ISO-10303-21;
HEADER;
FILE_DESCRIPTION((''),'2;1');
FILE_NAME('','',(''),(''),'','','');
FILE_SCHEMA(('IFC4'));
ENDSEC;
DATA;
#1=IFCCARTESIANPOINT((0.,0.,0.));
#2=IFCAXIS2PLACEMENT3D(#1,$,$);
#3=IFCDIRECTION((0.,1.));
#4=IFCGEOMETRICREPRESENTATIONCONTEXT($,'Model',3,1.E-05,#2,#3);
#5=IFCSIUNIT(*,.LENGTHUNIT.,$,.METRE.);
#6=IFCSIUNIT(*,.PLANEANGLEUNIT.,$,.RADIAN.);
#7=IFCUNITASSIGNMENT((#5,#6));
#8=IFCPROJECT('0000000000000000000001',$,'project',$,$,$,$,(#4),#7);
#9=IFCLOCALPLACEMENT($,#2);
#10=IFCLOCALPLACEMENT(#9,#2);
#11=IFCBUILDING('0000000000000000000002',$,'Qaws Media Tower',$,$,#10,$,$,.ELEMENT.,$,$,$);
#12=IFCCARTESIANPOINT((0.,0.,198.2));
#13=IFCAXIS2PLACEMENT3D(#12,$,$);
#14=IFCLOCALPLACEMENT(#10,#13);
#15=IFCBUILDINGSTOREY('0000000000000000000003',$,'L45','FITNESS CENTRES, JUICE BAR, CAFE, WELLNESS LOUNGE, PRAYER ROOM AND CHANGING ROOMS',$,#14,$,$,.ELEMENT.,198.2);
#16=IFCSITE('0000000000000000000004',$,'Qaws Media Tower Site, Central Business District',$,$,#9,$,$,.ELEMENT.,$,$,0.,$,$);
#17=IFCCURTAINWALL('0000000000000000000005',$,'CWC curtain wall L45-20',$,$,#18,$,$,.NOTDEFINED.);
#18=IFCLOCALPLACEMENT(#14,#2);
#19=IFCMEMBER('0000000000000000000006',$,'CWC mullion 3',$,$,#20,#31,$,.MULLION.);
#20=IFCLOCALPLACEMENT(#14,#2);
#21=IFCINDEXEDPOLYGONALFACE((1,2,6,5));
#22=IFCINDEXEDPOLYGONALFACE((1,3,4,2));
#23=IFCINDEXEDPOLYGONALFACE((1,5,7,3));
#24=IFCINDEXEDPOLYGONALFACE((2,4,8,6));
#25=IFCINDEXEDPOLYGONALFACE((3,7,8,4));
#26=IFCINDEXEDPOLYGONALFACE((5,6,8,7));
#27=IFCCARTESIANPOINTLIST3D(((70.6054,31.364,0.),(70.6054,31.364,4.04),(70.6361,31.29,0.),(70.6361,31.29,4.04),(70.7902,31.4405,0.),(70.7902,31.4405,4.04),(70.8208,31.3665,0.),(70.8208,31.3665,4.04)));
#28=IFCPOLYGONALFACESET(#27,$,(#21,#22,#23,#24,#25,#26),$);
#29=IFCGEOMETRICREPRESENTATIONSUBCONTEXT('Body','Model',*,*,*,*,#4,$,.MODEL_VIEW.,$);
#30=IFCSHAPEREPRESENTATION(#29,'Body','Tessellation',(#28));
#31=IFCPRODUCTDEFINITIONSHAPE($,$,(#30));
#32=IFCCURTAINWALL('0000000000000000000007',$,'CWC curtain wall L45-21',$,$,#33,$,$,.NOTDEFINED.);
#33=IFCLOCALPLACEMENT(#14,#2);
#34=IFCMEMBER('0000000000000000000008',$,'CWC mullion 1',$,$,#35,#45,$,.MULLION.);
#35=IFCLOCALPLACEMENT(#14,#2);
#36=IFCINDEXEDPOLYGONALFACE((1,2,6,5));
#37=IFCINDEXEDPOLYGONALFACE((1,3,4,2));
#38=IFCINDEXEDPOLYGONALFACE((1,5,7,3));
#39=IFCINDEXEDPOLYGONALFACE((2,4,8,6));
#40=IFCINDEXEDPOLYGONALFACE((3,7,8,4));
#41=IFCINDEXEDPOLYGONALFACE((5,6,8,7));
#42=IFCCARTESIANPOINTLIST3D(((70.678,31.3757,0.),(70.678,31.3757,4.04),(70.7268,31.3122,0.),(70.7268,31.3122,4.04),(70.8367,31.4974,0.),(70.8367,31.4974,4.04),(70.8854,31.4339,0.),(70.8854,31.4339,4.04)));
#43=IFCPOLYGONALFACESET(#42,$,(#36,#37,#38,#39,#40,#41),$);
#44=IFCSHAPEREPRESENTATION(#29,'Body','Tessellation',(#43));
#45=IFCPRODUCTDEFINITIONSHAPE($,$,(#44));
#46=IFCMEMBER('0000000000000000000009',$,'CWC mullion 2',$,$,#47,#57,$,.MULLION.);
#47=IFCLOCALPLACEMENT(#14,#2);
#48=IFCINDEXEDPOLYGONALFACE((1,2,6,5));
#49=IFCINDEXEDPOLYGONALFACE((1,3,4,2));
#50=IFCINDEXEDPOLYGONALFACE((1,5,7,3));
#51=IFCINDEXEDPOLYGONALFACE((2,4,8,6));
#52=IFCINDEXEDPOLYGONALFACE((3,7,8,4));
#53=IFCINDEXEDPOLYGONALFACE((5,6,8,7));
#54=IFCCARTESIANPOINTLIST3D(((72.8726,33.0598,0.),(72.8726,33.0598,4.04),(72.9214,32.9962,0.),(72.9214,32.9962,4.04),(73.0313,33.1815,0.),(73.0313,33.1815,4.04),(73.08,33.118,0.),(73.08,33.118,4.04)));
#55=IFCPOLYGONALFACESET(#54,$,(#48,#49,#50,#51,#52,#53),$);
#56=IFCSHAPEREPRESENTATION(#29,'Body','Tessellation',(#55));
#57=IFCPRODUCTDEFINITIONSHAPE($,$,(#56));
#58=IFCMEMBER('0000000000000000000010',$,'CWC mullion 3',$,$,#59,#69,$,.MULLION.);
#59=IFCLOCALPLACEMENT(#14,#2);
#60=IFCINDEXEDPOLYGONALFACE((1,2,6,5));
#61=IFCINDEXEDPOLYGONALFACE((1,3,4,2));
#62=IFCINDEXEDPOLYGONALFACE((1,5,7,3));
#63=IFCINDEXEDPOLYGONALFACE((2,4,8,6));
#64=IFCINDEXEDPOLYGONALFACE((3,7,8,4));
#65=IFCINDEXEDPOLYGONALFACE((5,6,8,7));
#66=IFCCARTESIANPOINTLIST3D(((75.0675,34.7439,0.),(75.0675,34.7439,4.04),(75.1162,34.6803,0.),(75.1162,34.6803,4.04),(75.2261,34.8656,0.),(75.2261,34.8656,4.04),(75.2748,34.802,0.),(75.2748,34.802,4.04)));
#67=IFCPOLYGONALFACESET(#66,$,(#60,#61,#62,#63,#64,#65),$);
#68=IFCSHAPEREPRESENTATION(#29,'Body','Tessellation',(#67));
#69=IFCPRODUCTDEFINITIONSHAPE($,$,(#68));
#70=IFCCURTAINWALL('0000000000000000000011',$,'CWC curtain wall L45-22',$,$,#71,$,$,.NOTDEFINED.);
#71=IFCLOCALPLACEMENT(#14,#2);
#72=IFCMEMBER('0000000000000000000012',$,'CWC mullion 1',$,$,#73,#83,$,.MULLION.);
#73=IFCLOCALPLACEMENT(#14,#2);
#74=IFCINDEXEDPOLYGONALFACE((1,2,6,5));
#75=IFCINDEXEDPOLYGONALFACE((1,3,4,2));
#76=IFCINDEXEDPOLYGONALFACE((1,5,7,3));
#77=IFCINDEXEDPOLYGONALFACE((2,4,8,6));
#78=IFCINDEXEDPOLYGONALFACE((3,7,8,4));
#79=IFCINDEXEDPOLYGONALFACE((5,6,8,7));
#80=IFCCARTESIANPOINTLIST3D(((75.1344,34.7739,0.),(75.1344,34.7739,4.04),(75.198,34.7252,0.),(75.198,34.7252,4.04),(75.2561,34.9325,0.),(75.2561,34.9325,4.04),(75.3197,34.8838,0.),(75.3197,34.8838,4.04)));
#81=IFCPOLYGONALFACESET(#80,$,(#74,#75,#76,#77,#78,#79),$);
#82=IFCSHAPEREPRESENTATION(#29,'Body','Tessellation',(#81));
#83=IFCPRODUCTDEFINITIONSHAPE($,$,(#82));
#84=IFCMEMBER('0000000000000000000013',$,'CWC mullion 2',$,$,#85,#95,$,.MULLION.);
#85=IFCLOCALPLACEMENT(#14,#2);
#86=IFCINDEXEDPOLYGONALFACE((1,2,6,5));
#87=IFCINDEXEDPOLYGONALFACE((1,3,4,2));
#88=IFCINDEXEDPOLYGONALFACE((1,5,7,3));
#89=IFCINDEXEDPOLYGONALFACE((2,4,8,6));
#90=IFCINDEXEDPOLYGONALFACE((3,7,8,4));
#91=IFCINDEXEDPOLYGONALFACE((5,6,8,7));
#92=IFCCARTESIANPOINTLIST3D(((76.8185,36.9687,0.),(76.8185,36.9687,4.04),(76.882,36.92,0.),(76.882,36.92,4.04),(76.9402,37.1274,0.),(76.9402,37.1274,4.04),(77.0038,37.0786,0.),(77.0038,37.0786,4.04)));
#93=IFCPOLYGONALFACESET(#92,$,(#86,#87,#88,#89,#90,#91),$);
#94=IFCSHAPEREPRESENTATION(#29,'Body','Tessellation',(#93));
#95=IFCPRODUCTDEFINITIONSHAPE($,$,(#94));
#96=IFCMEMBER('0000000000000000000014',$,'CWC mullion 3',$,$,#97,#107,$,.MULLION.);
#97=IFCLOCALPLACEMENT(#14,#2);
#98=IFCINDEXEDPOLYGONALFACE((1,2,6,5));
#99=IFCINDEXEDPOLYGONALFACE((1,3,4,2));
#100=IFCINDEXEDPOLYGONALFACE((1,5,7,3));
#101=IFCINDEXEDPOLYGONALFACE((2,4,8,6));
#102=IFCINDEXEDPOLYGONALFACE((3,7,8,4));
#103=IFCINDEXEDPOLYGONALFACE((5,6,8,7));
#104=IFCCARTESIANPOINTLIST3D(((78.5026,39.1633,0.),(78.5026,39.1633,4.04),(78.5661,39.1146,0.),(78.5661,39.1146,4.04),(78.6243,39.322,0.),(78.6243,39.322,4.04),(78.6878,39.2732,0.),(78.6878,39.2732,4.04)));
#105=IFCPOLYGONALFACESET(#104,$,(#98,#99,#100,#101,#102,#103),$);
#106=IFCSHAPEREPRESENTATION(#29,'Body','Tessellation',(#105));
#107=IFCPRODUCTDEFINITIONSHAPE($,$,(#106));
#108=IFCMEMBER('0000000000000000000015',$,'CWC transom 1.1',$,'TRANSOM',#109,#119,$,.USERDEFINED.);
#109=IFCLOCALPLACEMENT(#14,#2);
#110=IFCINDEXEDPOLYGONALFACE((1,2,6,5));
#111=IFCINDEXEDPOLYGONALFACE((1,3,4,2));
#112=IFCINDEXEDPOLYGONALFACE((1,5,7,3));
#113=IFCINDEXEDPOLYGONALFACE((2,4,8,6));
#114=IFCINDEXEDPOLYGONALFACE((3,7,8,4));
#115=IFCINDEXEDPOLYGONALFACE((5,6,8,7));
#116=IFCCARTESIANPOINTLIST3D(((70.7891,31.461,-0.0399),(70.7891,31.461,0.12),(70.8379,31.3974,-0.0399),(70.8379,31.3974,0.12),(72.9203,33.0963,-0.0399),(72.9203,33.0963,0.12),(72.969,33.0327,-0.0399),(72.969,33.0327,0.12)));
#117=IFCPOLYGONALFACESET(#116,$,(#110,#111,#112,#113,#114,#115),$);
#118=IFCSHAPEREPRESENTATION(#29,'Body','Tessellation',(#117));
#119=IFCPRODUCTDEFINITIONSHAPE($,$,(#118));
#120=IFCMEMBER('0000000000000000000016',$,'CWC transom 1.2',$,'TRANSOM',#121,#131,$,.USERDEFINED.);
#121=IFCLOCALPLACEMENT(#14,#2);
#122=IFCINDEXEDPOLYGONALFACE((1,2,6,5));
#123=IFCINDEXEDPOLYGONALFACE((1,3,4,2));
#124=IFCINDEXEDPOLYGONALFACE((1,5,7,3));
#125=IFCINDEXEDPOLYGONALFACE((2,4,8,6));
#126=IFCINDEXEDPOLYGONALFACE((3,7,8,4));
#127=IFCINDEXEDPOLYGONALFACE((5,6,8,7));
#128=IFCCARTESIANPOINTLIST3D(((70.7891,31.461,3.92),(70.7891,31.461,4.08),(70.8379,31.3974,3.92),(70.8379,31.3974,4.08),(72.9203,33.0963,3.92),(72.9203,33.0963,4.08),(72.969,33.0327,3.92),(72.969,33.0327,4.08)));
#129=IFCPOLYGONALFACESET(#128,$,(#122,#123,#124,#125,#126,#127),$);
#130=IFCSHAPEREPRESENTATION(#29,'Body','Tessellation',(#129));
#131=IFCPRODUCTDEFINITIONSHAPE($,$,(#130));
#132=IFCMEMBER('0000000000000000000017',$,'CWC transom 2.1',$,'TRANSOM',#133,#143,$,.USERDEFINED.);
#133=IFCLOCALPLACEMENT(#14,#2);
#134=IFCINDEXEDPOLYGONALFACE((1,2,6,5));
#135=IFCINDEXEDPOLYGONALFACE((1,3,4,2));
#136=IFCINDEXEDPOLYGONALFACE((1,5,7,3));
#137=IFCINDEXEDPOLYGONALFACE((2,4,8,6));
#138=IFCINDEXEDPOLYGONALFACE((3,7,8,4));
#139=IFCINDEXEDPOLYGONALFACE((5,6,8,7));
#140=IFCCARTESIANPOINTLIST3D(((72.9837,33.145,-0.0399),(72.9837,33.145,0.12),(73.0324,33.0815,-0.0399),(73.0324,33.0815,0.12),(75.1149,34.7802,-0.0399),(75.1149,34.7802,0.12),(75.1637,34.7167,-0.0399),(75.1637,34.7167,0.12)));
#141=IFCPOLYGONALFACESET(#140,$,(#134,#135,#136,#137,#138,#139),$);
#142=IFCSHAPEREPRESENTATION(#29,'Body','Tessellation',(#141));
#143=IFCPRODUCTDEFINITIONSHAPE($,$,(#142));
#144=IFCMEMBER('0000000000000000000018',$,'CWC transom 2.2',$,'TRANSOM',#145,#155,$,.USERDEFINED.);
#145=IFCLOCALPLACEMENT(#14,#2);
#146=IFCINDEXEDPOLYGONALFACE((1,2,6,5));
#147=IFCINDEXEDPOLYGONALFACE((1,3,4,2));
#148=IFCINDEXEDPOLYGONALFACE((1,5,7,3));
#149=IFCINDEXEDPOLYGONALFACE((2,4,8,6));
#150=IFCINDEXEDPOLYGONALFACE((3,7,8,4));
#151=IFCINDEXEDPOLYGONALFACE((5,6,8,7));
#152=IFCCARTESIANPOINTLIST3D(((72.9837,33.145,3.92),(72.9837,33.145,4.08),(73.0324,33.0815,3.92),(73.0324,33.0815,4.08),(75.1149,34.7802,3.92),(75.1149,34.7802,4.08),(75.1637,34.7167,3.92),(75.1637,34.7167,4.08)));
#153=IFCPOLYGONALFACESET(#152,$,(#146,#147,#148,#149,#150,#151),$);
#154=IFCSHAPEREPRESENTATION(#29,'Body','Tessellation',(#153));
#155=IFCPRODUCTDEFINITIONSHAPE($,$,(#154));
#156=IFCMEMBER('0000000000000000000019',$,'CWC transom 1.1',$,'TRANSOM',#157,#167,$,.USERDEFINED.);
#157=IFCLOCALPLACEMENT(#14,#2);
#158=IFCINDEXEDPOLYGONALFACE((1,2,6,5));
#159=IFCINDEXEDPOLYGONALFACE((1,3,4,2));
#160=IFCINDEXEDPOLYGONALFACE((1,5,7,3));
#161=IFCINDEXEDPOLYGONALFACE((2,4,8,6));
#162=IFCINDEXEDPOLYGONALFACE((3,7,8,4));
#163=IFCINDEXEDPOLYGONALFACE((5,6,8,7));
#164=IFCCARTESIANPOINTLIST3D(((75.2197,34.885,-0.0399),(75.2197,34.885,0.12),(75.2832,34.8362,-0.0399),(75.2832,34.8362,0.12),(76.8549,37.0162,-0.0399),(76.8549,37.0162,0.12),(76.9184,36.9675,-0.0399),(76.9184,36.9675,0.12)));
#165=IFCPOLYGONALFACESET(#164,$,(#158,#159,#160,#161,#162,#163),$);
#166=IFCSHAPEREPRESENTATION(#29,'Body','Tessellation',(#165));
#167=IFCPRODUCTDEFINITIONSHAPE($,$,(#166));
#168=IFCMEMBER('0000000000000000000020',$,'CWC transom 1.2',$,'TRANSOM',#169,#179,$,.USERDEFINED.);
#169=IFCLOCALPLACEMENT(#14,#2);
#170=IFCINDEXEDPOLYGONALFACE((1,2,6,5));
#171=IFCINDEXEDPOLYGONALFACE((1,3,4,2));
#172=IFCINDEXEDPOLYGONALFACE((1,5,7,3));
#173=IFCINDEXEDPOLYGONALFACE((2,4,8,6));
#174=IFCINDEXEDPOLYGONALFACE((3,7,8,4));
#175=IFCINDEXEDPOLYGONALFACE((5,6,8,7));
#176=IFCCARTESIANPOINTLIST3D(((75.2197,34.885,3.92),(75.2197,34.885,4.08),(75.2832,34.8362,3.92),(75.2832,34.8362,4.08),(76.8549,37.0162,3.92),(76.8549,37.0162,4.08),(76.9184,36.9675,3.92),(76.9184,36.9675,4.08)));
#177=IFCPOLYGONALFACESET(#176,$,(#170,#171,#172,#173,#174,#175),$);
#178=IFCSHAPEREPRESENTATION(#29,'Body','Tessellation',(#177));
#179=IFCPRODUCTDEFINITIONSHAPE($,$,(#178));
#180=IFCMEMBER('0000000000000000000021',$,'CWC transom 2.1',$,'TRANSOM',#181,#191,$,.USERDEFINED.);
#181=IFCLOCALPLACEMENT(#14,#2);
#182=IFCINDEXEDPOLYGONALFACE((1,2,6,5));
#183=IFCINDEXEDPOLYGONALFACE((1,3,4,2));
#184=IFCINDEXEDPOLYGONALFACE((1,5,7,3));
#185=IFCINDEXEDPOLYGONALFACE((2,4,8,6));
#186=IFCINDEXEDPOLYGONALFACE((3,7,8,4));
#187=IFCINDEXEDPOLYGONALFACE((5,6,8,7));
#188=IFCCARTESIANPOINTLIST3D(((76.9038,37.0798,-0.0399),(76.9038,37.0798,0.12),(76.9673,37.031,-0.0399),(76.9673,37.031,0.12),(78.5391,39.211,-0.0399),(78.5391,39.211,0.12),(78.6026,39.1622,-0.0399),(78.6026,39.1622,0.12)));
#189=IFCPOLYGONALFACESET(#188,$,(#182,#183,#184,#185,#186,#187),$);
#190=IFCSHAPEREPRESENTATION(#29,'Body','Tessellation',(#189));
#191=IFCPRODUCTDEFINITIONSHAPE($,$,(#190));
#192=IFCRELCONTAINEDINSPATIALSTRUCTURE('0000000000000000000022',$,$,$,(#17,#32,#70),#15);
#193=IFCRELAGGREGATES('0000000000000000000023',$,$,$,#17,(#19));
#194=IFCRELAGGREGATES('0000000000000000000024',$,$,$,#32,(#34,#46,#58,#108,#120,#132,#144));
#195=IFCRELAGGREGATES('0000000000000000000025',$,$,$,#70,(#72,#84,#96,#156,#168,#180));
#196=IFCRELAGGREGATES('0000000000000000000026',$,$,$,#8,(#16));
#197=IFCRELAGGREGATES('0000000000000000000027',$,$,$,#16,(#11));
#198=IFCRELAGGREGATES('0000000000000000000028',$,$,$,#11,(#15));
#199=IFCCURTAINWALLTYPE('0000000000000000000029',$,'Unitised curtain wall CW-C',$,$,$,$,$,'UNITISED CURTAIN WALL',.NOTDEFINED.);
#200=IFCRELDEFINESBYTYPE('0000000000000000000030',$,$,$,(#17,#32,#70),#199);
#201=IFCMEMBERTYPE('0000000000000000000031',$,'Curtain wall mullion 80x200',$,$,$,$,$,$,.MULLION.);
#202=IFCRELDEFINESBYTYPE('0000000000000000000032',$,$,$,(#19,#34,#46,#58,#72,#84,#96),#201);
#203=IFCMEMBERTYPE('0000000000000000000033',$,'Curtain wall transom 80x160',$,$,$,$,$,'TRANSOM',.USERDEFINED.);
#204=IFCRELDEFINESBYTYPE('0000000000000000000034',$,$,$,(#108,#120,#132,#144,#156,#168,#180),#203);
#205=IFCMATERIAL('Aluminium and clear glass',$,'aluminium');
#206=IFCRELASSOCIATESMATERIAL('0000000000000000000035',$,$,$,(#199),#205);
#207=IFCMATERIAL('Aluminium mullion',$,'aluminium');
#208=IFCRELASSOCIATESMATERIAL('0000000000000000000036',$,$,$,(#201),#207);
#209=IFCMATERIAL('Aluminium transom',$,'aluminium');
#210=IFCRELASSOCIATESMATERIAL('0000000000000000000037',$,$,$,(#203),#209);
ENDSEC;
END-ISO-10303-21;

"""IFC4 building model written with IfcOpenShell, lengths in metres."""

from ifc_helpers import new_model, si_unit, direction, frame, origin, origin_2d, place, context, subcontext, project, spatial, rectangle, extrude, material, material_profile, profile_set, type_object, element, aggregate, save


model = new_model("IFC4")

# Units and contexts
model_context = context("Model", 3, precision=1e-05, world=origin(), true_north=direction((0.0, 1.0)))
body_context = subcontext(model_context, "Body", "Model", "MODEL_VIEW")
ifc_project = project(units=[si_unit("LENGTHUNIT", "METRE"), si_unit("PLANEANGLEUNIT", "RADIAN")], contexts=[model_context])

# Site, building, storey
site_placement = place(None, origin())
site = spatial("IfcSite", under=ifc_project, at=site_placement, Name="Qaws Media Tower Site, Central Business District", CompositionType="ELEMENT", RefElevation=0.0)
building_placement = place(site_placement, origin())
building = spatial("IfcBuilding", under=site, at=building_placement, Name="Qaws Media Tower", CompositionType="ELEMENT")
storey_placement = place(building_placement, frame((0.0, 0.0, 198.2)))
storey = spatial("IfcBuildingStorey", under=building, at=storey_placement, Name="L45", Description="FITNESS CENTRES, JUICE BAR, CAFE, WELLNESS LOUNGE, PRAYER ROOM AND CHANGING ROOMS", CompositionType="ELEMENT", Elevation=198.2)

# Curtain wall, member
ifc_material_1 = material(Name="Aluminium and clear glass", Category="aluminium")
curtain_wall_type = type_object("IfcCurtainWallType", Name="Unitised curtain wall CW-C", ElementType="UNITISED CURTAIN WALL", PredefinedType="NOTDEFINED", material=ifc_material_1)
curtain_wall_1_placement = place(storey_placement, origin())
curtain_wall_1 = element("IfcCurtainWall", 1, at=curtain_wall_1_placement, inside=storey, type_object=curtain_wall_type, Name="CWC curtain wall L45-20", PredefinedType="NOTDEFINED")
ifc_material_2 = material(Name="Aluminium mullion", Category="aluminium")
ifc_material_profile_1 = material_profile(ifc_material_2, rectangle(XDim=0.0801, YDim=0.2, at=origin_2d()), Name="80x200")
ifc_profile_set_1 = profile_set([ifc_material_profile_1], Name="Aluminium mullion")
member_type_1 = type_object("IfcMemberType", Name="Curtain wall mullion 80x200", PredefinedType="MULLION", material=ifc_profile_set_1)
member_1_placement = place(storey_placement, frame((70.7131, 31.3652, 0.0), z_axis=(0.0, 0.0, 1.0), x_axis=(-0.382683, 0.92388, 0.0)))
member_1 = element("IfcMember", 2, at=member_1_placement, type_object=member_type_1, Name="CWC mullion 3", PredefinedType="MULLION", context=body_context, shape_type="SweptSolid", body=[
    extrude(rectangle(XDim=0.0801, YDim=0.2, at=origin_2d()), origin(), (0.0, 0.0, 1.0), 4.04),
])
aggregate(curtain_wall_1, [member_1])

# Curtain walls, members
curtain_wall_2_placement = place(storey_placement, origin())
curtain_wall_2 = element("IfcCurtainWall", 3, at=curtain_wall_2_placement, inside=storey, type_object=curtain_wall_type, Name="CWC curtain wall L45-21", PredefinedType="NOTDEFINED")
member_2_placement = place(storey_placement, frame((70.7817, 31.4048, 0.0), z_axis=(0.0, 0.0, 1.0), x_axis=(-0.608761, 0.793353, 0.0)))
member_2 = element("IfcMember", 4, at=member_2_placement, type_object=member_type_1, Name="CWC mullion 1", PredefinedType="MULLION", context=body_context, shape_type="SweptSolid", body=[
    extrude(rectangle(XDim=0.0801, YDim=0.2, at=origin_2d()), origin(), (0.0, 0.0, 1.0), 4.04),
])
member_3_placement = place(storey_placement, frame((72.9763, 33.0889, 0.0), z_axis=(0.0, 0.0, 1.0), x_axis=(-0.608761, 0.793353, 0.0)))
member_3 = element("IfcMember", 5, at=member_3_placement, type_object=member_type_1, Name="CWC mullion 2", PredefinedType="MULLION", context=body_context, shape_type="SweptSolid", body=[
    extrude(rectangle(XDim=0.0801, YDim=0.2, at=origin_2d()), origin(), (0.0, 0.0, 1.0), 4.04),
])
member_4_placement = place(storey_placement, frame((75.1711, 34.7729, 0.0), z_axis=(0.0, 0.0, 1.0), x_axis=(-0.608761, 0.793353, 0.0)))
member_4 = element("IfcMember", 6, at=member_4_placement, type_object=member_type_1, Name="CWC mullion 3", PredefinedType="MULLION", context=body_context, shape_type="SweptSolid", body=[
    extrude(rectangle(XDim=0.0801, YDim=0.2, at=origin_2d()), origin(), (0.0, 0.0, 1.0), 4.04),
])
curtain_wall_3_placement = place(storey_placement, origin())
curtain_wall_3 = element("IfcCurtainWall", 7, at=curtain_wall_3_placement, inside=storey, type_object=curtain_wall_type, Name="CWC curtain wall L45-22", PredefinedType="NOTDEFINED")
member_5_placement = place(storey_placement, frame((75.2271, 34.8289, 0.0), z_axis=(0.0, 0.0, 1.0), x_axis=(-0.793353, 0.608761, 0.0)))
member_5 = element("IfcMember", 8, at=member_5_placement, type_object=member_type_1, Name="CWC mullion 1", PredefinedType="MULLION", context=body_context, shape_type="SweptSolid", body=[
    extrude(rectangle(XDim=0.0801, YDim=0.2, at=origin_2d()), origin(), (0.0, 0.0, 1.0), 4.04),
])
member_6_placement = place(storey_placement, frame((76.9111, 37.0237, 0.0), z_axis=(0.0, 0.0, 1.0), x_axis=(-0.793353, 0.608761, 0.0)))
member_6 = element("IfcMember", 9, at=member_6_placement, type_object=member_type_1, Name="CWC mullion 2", PredefinedType="MULLION", context=body_context, shape_type="SweptSolid", body=[
    extrude(rectangle(XDim=0.0801, YDim=0.2, at=origin_2d()), origin(), (0.0, 0.0, 1.0), 4.04),
])
member_7_placement = place(storey_placement, frame((78.5952, 39.2183, 0.0), z_axis=(0.0, 0.0, 1.0), x_axis=(-0.793353, 0.608761, 0.0)))
member_7 = element("IfcMember", 10, at=member_7_placement, type_object=member_type_1, Name="CWC mullion 3", PredefinedType="MULLION", context=body_context, shape_type="SweptSolid", body=[
    extrude(rectangle(XDim=0.0801, YDim=0.2, at=origin_2d()), origin(), (0.0, 0.0, 1.0), 4.04),
])

# Members
ifc_material_3 = material(Name="Aluminium transom", Category="aluminium")
ifc_material_profile_2 = material_profile(ifc_material_3, rectangle(XDim=0.0801, YDim=0.1599, at=origin_2d()), Name="80x160")
ifc_profile_set_2 = profile_set([ifc_material_profile_2], Name="Aluminium transom")
member_type_2 = type_object("IfcMemberType", Name="Curtain wall transom 80x160", ElementType="TRANSOM", PredefinedType="USERDEFINED", material=ifc_profile_set_2)
member_8_placement = place(storey_placement, frame((70.8135, 31.4292, 0.04), z_axis=(0.793353, 0.608762, 0.0), x_axis=(-0.608762, 0.793353, 0.0)))
member_8 = element("IfcMember", 11, at=member_8_placement, type_object=member_type_2, Name="CWC transom 1.1", ObjectType="TRANSOM", PredefinedType="USERDEFINED", context=body_context, shape_type="SweptSolid", body=[
    extrude(rectangle(XDim=0.0801, YDim=0.1599, at=origin_2d()), origin(), (0.0, 0.0, 1.0), 2.6863),
])
member_9_placement = place(storey_placement, frame((70.8135, 31.4292, 4.0), z_axis=(0.793353, 0.608762, 0.0), x_axis=(-0.608762, 0.793353, 0.0)))
member_9 = element("IfcMember", 12, at=member_9_placement, type_object=member_type_2, Name="CWC transom 1.2", ObjectType="TRANSOM", PredefinedType="USERDEFINED", context=body_context, shape_type="SweptSolid", body=[
    extrude(rectangle(XDim=0.0801, YDim=0.1599, at=origin_2d()), origin(), (0.0, 0.0, 1.0), 2.6863),
])
member_10_placement = place(storey_placement, frame((73.0081, 33.1133, 0.04), z_axis=(0.793387, 0.608718, 0.0), x_axis=(-0.608718, 0.793387, 0.0)))
member_10 = element("IfcMember", 13, at=member_10_placement, type_object=member_type_2, Name="CWC transom 2.1", ObjectType="TRANSOM", PredefinedType="USERDEFINED", context=body_context, shape_type="SweptSolid", body=[
    extrude(rectangle(XDim=0.0801, YDim=0.1599, at=origin_2d()), origin(), (0.0, 0.0, 1.0), 2.6863),
])
member_11_placement = place(storey_placement, frame((73.0081, 33.1133, 4.0), z_axis=(0.793387, 0.608718, 0.0), x_axis=(-0.608718, 0.793387, 0.0)))
member_11 = element("IfcMember", 14, at=member_11_placement, type_object=member_type_2, Name="CWC transom 2.2", ObjectType="TRANSOM", PredefinedType="USERDEFINED", context=body_context, shape_type="SweptSolid", body=[
    extrude(rectangle(XDim=0.0801, YDim=0.1599, at=origin_2d()), origin(), (0.0, 0.0, 1.0), 2.6863),
])
member_12_placement = place(storey_placement, frame((75.2515, 34.8606, 0.04), z_axis=(0.608718, 0.793387, 0.0), x_axis=(-0.793387, 0.608718, 0.0)))
member_12 = element("IfcMember", 15, at=member_12_placement, type_object=member_type_2, Name="CWC transom 1.1", ObjectType="TRANSOM", PredefinedType="USERDEFINED", context=body_context, shape_type="SweptSolid", body=[
    extrude(rectangle(XDim=0.0801, YDim=0.1599, at=origin_2d()), origin(), (0.0, 0.0, 1.0), 2.6863),
])
member_13_placement = place(storey_placement, frame((75.2515, 34.8606, 4.0), z_axis=(0.608718, 0.793387, 0.0), x_axis=(-0.793387, 0.608718, 0.0)))
member_13 = element("IfcMember", 16, at=member_13_placement, type_object=member_type_2, Name="CWC transom 1.2", ObjectType="TRANSOM", PredefinedType="USERDEFINED", context=body_context, shape_type="SweptSolid", body=[
    extrude(rectangle(XDim=0.0801, YDim=0.1599, at=origin_2d()), origin(), (0.0, 0.0, 1.0), 2.6863),
])
member_14_placement = place(storey_placement, frame((76.9355, 37.0554, 0.04), z_axis=(0.608762, 0.793353, 0.0), x_axis=(-0.793353, 0.608762, 0.0)))
member_14 = element("IfcMember", 17, at=member_14_placement, type_object=member_type_2, Name="CWC transom 2.1", ObjectType="TRANSOM", PredefinedType="USERDEFINED", context=body_context, shape_type="SweptSolid", body=[
    extrude(rectangle(XDim=0.0801, YDim=0.1599, at=origin_2d()), origin(), (0.0, 0.0, 1.0), 2.6863),
])

aggregate(curtain_wall_2, [member_2, member_3, member_4, member_8, member_9, member_10, member_11])
aggregate(curtain_wall_3, [member_5, member_6, member_7, member_12, member_13, member_14])

save(model, "model.ifc")
